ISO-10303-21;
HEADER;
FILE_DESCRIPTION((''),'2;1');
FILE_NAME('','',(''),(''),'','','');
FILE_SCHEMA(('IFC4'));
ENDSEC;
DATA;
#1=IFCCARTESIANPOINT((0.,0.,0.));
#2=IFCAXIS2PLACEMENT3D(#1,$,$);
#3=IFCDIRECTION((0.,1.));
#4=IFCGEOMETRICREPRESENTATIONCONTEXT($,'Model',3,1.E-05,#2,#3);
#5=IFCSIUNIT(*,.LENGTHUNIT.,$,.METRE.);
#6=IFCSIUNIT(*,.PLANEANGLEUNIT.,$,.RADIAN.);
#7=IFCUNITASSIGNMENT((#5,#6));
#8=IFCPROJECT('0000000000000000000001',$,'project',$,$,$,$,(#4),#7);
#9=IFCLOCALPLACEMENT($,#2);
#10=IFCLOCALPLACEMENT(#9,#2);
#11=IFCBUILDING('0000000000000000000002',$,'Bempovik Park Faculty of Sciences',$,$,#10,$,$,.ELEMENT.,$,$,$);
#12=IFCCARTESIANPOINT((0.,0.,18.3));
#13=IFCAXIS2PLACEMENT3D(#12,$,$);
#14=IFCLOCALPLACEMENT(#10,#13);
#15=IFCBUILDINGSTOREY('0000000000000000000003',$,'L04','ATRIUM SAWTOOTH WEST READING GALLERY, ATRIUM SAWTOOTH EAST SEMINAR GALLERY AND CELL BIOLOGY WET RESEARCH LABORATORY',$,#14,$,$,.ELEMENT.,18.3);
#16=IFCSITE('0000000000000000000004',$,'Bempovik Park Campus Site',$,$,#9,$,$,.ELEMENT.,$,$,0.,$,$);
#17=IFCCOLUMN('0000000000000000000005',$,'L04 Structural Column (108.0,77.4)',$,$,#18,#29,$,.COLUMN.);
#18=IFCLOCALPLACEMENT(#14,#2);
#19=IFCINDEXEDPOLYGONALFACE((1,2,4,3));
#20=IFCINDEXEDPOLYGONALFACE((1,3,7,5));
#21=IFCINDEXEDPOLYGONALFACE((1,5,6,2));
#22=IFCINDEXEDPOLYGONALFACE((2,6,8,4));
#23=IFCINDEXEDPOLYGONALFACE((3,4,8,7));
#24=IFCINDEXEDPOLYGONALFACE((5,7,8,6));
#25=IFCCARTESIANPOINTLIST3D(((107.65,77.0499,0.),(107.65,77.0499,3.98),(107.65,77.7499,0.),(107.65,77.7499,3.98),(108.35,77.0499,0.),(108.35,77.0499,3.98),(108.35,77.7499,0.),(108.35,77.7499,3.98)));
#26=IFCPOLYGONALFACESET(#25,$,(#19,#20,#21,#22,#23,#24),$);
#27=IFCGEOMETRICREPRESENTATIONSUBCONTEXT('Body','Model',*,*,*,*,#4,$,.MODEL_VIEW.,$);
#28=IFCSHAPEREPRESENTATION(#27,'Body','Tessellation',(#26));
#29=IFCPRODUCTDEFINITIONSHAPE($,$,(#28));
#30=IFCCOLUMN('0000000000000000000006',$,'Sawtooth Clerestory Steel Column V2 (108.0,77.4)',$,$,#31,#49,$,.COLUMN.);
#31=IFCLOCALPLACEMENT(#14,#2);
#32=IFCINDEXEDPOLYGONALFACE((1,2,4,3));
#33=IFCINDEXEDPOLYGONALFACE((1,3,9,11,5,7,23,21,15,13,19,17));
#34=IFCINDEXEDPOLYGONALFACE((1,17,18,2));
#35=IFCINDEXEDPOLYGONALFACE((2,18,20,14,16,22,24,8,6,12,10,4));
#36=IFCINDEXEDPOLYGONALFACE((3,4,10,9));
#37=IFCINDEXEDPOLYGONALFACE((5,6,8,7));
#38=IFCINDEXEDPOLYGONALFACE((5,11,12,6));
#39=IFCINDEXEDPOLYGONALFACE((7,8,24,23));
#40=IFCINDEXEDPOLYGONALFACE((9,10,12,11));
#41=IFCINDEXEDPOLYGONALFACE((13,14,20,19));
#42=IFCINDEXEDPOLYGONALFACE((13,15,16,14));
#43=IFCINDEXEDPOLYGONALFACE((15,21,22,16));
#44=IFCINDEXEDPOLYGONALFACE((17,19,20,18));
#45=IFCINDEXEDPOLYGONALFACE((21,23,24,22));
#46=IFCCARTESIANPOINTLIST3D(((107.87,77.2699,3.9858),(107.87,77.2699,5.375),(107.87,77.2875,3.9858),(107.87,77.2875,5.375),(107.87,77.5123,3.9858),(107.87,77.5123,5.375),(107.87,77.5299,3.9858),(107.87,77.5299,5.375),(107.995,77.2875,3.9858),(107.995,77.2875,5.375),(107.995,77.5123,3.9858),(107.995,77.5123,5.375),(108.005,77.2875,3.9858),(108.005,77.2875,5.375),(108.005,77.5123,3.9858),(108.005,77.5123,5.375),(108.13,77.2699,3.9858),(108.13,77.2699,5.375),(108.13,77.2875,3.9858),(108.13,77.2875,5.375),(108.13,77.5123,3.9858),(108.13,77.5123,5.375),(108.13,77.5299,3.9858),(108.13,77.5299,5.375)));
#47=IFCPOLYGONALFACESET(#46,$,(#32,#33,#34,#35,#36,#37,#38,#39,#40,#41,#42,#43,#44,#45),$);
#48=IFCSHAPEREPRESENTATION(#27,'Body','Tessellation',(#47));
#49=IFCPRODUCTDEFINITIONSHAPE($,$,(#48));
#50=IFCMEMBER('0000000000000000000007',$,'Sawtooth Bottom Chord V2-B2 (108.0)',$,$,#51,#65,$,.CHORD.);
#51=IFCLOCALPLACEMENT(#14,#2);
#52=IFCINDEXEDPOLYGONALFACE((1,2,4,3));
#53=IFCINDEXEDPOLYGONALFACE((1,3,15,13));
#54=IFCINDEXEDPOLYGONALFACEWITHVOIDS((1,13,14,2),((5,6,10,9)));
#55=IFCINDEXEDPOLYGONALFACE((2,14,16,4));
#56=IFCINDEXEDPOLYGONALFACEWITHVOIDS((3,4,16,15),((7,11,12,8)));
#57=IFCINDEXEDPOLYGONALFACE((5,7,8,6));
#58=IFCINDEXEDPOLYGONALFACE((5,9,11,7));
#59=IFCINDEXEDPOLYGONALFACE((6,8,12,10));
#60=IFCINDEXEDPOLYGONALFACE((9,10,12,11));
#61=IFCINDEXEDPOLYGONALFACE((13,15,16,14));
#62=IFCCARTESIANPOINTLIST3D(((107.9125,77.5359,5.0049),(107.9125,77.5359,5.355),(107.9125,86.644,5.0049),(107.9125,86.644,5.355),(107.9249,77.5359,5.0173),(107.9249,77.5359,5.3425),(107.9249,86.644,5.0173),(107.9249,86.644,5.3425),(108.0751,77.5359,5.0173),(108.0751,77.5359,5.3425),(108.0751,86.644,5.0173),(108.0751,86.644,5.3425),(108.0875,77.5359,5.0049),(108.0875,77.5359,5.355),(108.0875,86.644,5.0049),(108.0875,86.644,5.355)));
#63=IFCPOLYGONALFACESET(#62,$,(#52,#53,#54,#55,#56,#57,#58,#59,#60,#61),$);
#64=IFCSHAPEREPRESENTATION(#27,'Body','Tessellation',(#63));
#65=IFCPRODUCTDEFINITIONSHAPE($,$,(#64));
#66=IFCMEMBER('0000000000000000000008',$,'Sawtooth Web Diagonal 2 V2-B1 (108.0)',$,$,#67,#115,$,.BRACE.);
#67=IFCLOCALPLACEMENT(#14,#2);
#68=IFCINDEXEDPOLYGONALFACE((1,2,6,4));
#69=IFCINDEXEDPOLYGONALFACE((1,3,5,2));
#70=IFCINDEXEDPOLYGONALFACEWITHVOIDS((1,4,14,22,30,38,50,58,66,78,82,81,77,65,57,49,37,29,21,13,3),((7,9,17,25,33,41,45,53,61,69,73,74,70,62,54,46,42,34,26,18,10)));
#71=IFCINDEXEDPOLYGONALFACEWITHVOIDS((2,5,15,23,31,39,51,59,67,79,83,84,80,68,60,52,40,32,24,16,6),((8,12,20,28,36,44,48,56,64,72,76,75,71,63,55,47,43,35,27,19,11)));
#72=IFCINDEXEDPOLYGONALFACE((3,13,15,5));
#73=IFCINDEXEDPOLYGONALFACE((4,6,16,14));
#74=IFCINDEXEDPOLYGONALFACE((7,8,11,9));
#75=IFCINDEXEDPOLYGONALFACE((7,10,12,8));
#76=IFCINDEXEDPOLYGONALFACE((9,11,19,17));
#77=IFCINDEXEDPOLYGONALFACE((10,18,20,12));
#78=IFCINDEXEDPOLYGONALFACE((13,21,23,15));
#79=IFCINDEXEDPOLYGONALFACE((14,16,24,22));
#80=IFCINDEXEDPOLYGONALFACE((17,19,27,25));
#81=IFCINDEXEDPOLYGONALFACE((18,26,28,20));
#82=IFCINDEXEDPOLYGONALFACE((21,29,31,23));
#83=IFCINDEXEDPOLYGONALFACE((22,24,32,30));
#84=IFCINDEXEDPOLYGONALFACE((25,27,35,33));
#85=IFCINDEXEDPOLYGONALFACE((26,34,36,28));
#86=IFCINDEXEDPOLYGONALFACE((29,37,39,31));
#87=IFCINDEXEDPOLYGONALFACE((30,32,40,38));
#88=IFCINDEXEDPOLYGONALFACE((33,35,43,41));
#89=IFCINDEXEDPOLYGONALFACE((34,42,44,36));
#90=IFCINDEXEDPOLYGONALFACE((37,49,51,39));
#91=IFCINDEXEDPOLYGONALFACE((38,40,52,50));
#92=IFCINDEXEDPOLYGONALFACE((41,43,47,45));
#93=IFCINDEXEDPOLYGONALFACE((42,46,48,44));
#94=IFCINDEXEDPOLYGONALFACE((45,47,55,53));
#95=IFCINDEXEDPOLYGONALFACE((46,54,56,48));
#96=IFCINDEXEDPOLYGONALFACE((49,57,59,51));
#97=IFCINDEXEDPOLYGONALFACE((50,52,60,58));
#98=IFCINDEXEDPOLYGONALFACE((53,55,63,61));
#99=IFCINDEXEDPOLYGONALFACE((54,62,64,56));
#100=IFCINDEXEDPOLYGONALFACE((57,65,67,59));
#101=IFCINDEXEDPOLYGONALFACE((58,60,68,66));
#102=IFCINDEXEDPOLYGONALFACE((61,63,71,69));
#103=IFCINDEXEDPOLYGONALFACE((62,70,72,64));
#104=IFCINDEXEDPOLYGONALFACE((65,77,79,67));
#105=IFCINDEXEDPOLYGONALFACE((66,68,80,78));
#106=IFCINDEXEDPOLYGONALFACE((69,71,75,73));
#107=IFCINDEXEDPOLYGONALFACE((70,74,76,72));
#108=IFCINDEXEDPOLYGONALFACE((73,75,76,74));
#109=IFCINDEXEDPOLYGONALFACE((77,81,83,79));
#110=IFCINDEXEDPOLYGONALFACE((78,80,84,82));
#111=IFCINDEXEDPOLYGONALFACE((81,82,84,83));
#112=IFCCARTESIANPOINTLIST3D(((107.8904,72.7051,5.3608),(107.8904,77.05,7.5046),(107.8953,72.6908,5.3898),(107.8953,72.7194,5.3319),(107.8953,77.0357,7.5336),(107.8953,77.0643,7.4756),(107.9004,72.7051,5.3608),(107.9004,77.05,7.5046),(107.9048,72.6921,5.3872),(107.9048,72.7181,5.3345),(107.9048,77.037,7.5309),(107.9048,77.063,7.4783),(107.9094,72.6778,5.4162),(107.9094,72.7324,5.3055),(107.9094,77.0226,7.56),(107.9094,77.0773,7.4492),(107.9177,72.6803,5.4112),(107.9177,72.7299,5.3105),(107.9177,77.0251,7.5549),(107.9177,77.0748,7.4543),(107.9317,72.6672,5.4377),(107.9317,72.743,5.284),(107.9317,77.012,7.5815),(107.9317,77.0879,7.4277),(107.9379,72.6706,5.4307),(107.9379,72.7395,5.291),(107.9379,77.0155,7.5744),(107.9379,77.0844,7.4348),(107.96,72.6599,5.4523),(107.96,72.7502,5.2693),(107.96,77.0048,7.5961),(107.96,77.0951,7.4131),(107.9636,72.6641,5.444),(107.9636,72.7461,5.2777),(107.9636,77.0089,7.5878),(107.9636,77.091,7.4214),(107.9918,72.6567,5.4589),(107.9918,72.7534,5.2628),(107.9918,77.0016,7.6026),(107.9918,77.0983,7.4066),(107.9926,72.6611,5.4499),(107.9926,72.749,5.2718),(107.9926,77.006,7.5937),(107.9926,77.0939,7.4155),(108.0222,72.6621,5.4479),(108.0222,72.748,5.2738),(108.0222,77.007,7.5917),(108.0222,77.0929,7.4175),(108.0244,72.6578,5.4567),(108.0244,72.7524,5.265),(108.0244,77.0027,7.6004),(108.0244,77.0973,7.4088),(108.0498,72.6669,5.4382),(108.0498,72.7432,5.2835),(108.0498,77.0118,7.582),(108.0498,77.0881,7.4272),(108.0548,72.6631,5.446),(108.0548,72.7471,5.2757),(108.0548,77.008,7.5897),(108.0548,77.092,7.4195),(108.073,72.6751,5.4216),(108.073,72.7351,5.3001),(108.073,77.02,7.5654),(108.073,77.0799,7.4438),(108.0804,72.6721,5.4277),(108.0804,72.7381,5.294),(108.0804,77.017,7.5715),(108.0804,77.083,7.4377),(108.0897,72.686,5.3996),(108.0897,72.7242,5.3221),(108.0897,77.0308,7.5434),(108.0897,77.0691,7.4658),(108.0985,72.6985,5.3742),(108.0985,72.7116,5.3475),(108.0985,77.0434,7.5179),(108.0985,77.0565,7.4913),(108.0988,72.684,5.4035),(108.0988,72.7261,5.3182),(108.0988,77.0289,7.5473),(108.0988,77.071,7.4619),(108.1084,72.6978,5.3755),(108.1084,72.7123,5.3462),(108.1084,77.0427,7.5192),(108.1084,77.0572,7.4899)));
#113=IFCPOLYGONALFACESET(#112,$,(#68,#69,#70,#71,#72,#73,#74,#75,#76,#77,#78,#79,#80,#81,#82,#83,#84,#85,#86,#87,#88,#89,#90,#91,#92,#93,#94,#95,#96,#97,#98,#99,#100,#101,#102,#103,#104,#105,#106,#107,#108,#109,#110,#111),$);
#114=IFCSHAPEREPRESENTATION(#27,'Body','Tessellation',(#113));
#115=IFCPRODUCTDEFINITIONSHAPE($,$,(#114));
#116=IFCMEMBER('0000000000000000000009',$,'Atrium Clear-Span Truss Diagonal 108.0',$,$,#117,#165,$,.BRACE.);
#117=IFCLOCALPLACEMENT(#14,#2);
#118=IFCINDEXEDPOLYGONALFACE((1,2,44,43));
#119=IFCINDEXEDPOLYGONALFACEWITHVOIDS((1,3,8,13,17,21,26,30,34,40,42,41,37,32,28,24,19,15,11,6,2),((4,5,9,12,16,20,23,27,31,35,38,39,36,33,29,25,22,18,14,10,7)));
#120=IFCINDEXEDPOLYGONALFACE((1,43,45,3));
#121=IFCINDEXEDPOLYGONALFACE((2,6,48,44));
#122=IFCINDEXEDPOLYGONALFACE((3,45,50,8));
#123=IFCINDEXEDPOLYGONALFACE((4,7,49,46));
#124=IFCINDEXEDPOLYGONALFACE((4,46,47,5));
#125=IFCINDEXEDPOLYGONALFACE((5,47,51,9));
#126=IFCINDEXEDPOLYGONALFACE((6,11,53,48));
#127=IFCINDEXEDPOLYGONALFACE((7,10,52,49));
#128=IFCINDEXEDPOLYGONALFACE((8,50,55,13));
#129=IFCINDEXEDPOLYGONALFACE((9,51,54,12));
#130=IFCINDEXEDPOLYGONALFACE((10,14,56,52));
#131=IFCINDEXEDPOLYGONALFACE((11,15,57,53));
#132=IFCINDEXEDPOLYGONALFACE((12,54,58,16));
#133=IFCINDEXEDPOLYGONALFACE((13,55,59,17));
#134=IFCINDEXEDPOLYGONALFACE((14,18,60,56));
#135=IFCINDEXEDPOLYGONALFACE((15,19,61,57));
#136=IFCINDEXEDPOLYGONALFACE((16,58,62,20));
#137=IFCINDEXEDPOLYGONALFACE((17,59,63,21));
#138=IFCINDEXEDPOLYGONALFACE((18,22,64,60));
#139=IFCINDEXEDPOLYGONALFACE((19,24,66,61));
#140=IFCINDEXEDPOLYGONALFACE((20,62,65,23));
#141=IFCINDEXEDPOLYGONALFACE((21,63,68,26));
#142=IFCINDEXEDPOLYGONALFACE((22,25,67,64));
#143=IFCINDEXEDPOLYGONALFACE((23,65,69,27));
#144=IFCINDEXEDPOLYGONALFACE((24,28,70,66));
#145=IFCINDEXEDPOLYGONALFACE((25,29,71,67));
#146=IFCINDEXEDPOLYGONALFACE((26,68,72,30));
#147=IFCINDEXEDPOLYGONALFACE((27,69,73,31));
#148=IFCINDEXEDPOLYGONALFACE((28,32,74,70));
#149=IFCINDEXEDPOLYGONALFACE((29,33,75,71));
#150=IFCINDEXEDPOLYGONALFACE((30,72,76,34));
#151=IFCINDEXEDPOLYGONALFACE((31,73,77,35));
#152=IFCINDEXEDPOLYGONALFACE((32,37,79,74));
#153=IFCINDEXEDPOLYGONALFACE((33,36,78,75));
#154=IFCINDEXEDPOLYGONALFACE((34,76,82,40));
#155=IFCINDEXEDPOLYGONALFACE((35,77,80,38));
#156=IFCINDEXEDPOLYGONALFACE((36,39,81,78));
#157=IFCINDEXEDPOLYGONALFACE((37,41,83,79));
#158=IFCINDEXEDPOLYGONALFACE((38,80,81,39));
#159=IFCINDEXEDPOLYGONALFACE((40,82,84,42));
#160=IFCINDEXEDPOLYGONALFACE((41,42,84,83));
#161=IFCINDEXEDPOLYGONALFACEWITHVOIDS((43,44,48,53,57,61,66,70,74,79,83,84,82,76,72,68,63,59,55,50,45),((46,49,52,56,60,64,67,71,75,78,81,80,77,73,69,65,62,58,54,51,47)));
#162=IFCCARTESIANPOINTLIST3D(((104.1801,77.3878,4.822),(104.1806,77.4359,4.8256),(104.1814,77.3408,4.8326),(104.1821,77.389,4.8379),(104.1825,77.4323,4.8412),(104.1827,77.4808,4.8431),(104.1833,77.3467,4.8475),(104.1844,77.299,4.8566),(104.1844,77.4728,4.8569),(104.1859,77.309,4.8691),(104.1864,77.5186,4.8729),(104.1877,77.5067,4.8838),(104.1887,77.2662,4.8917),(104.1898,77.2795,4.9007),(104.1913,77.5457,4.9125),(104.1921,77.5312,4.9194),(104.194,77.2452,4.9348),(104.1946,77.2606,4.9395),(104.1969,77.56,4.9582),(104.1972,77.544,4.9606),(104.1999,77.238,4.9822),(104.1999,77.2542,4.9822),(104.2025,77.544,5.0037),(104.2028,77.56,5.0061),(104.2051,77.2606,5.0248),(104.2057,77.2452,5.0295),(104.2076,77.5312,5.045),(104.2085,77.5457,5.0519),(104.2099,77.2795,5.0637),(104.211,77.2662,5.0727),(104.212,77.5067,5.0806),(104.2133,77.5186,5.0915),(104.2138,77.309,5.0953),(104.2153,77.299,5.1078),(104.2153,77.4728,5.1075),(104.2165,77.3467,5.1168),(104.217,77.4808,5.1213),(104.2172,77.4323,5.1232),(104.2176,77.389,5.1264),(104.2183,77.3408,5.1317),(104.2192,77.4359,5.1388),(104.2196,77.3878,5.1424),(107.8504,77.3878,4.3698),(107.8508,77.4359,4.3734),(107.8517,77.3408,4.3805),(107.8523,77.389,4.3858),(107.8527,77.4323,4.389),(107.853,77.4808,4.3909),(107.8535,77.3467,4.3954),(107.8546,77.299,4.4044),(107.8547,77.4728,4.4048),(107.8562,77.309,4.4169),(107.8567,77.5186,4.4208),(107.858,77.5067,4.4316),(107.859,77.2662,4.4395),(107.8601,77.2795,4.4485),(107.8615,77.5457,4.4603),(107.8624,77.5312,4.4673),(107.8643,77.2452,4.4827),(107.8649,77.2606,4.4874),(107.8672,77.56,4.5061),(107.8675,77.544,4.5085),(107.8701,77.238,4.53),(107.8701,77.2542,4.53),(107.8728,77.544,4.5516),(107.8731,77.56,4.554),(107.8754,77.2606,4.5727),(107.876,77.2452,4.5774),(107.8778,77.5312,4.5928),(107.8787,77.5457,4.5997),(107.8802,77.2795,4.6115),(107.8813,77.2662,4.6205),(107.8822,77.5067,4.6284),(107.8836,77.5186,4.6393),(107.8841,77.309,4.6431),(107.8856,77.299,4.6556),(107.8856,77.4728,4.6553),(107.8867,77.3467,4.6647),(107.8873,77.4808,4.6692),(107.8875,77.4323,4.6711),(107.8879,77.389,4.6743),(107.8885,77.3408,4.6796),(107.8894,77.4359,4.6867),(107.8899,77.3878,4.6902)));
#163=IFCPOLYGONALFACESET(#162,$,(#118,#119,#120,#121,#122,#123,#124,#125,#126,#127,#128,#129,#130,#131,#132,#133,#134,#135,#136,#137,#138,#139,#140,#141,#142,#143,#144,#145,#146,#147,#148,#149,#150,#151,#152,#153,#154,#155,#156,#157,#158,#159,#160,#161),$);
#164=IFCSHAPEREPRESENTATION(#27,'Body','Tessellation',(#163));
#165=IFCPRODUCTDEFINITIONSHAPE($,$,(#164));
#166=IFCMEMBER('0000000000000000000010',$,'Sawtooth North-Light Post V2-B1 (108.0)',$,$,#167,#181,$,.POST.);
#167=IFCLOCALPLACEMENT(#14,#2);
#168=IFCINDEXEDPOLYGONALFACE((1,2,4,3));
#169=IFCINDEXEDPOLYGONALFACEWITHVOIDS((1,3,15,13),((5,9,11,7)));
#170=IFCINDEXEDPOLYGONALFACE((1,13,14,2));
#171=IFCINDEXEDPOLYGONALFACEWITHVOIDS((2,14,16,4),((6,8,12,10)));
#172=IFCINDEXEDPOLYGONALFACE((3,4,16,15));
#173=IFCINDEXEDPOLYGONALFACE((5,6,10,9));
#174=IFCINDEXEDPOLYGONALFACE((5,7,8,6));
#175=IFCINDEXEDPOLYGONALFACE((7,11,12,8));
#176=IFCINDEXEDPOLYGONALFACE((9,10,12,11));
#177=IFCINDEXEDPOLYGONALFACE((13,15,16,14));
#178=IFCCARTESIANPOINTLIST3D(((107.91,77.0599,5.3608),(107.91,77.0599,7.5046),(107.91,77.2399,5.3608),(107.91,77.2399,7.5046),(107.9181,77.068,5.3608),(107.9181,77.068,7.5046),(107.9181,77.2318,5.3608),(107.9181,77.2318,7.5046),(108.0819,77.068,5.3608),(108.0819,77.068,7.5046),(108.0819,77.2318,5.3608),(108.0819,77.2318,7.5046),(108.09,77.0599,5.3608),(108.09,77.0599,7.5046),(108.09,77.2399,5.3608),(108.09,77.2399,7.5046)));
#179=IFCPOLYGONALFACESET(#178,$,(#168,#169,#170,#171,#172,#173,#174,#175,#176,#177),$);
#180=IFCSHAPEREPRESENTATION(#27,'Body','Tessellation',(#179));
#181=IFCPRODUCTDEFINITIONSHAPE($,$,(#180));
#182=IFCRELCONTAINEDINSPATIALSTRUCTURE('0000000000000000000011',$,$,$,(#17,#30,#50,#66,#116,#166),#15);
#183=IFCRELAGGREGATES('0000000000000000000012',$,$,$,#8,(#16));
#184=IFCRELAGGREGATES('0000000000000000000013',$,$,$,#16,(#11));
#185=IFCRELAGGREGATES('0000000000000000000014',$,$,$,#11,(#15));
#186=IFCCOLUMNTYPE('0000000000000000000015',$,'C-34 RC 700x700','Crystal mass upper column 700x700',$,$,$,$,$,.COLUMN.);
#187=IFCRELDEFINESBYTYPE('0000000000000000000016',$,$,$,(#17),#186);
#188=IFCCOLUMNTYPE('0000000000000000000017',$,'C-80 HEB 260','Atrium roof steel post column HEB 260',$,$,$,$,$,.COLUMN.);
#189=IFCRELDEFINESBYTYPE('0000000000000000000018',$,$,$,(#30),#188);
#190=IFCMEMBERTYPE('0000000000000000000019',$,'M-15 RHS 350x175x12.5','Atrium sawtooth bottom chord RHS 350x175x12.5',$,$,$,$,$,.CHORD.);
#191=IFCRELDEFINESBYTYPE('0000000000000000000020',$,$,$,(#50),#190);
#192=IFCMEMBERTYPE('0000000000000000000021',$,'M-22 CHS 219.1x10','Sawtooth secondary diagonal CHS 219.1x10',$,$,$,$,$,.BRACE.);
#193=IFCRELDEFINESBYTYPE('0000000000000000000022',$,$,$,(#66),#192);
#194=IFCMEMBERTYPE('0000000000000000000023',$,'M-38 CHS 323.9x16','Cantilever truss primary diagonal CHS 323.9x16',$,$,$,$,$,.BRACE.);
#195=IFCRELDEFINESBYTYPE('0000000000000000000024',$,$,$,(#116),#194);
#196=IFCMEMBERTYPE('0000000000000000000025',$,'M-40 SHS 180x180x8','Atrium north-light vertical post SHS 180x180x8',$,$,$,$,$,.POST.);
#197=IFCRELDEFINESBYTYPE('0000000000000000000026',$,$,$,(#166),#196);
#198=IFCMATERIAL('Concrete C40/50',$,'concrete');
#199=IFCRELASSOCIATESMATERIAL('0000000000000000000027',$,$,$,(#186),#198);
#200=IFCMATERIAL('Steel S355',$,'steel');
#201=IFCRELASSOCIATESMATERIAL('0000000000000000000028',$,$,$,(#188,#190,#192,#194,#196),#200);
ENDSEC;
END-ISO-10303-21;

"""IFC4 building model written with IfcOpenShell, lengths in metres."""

from ifc_helpers import new_model, si_unit, direction, frame, origin, origin_2d, place, context, subcontext, project, spatial, rectangle, hollow_rectangle, hollow_circle, i_section, extrude, material, material_profile, profile_set, type_object, element, save


model = new_model("IFC4")

# Units and contexts
model_context = context("Model", 3, precision=1e-05, world=origin(), true_north=direction((0.0, 1.0)))
body_context = subcontext(model_context, "Body", "Model", "MODEL_VIEW")
ifc_project = project(units=[si_unit("LENGTHUNIT", "METRE"), si_unit("PLANEANGLEUNIT", "RADIAN")], contexts=[model_context])

# Site, building, storey
site_placement = place(None, origin())
site = spatial("IfcSite", under=ifc_project, at=site_placement, Name="Bempovik Park Campus Site", CompositionType="ELEMENT", RefElevation=0.0)
building_placement = place(site_placement, origin())
building = spatial("IfcBuilding", under=site, at=building_placement, Name="Bempovik Park Faculty of Sciences", CompositionType="ELEMENT")
storey_placement = place(building_placement, frame((0.0, 0.0, 18.3)))
storey = spatial("IfcBuildingStorey", under=building, at=storey_placement, Name="L04", Description="ATRIUM SAWTOOTH WEST READING GALLERY, ATRIUM SAWTOOTH EAST SEMINAR GALLERY AND CELL BIOLOGY WET RESEARCH LABORATORY", CompositionType="ELEMENT", Elevation=18.3)

# Columns
ifc_material_1 = material(Name="Concrete C40/50", Category="concrete")
ifc_material_profile_1 = material_profile(ifc_material_1, rectangle(XDim=0.7, YDim=0.7, at=origin_2d()), Name="RC 700x700")
ifc_profile_set_1 = profile_set([ifc_material_profile_1], Name="Concrete C40/50")
column_type_1 = type_object("IfcColumnType", Name="C-34 RC 700x700", Description="Crystal mass upper column 700x700", PredefinedType="COLUMN", material=ifc_profile_set_1)
column_1_placement = place(storey_placement, frame((108.0, 77.3999, 0.0), z_axis=(0.0, 0.0, 1.0), x_axis=(1.0, 0.0, 0.0)))
element("IfcColumn", 1, at=column_1_placement, inside=storey, type_object=column_type_1, Name="L04 Structural Column (108.0,77.4)", PredefinedType="COLUMN", context=body_context, shape_type="SweptSolid", body=[
    extrude(rectangle(XDim=0.7, YDim=0.7, at=origin_2d()), origin(), (0.0, 0.0, 1.0), 3.98),
])
ifc_material_2 = material(Name="Steel S355", Category="steel")
ifc_material_profile_2 = material_profile(ifc_material_2, i_section(OverallWidth=0.26, OverallDepth=0.26, WebThickness=0.01, FlangeThickness=0.0176, at=origin_2d()), Name="HEB 260")
ifc_profile_set_2 = profile_set([ifc_material_profile_2], Name="Steel S355")
column_type_2 = type_object("IfcColumnType", Name="C-80 HEB 260", Description="Atrium roof steel post column HEB 260", PredefinedType="COLUMN", material=ifc_profile_set_2)
column_2_placement = place(storey_placement, frame((108.0, 77.3999, 3.9858), z_axis=(0.0, 0.0, 1.0), x_axis=(1.0, 0.0, 0.0)))
element("IfcColumn", 2, at=column_2_placement, inside=storey, type_object=column_type_2, Name="Sawtooth Clerestory Steel Column V2 (108.0,77.4)", PredefinedType="COLUMN", context=body_context, shape_type="SweptSolid", body=[
    extrude(i_section(OverallWidth=0.26, OverallDepth=0.26, WebThickness=0.01, FlangeThickness=0.0176, at=origin_2d()), origin(), (0.0, 0.0, 1.0), 1.3892),
])

# Members
ifc_material_profile_3 = material_profile(ifc_material_2, hollow_rectangle(XDim=0.175, YDim=0.3501, WallThickness=0.0125, at=origin_2d()), Name="RHS 350x175x12.5")
ifc_profile_set_3 = profile_set([ifc_material_profile_3], Name="Steel S355")
member_type_1 = type_object("IfcMemberType", Name="M-15 RHS 350x175x12.5", Description="Atrium sawtooth bottom chord RHS 350x175x12.5", PredefinedType="CHORD", material=ifc_profile_set_3)
member_1_placement = place(storey_placement, frame((108.0, 77.5359, 5.1799), z_axis=(0.0, 1.0, 0.0), x_axis=(-1.0, 0.0, 0.0)))
element("IfcMember", 3, at=member_1_placement, inside=storey, type_object=member_type_1, Name="Sawtooth Bottom Chord V2-B2 (108.0)", PredefinedType="CHORD", context=body_context, shape_type="SweptSolid", body=[
    extrude(hollow_rectangle(XDim=0.175, YDim=0.3501, WallThickness=0.0125, at=origin_2d()), origin(), (0.0, 0.0, 1.0), 9.1082),
])
ifc_material_profile_4 = material_profile(ifc_material_2, hollow_circle(Radius=0.1096, WallThickness=0.01, at=origin_2d()), Name="CHS 219.1x10")
ifc_profile_set_4 = profile_set([ifc_material_profile_4], Name="Steel S355")
member_type_2 = type_object("IfcMemberType", Name="M-22 CHS 219.1x10", Description="Sawtooth secondary diagonal CHS 219.1x10", PredefinedType="BRACE", material=ifc_profile_set_4)
member_2_placement = place(storey_placement, frame((108.0, 72.7051, 5.3608), z_axis=(0.0, 0.896783, 0.442471), x_axis=(-1.0, 0.0, 0.0)))
element("IfcMember", 4, at=member_2_placement, inside=storey, type_object=member_type_2, Name="Sawtooth Web Diagonal 2 V2-B1 (108.0)", PredefinedType="BRACE", context=body_context, shape_type="SweptSolid", body=[
    extrude(hollow_circle(Radius=0.1096, WallThickness=0.01, at=origin_2d()), origin(), (0.0, 0.0, 1.0), 4.845),
])
ifc_material_profile_5 = material_profile(ifc_material_2, hollow_circle(Radius=0.1619, WallThickness=0.0161, at=origin_2d()), Name="CHS 323.9x16")
ifc_profile_set_5 = profile_set([ifc_material_profile_5], Name="Steel S355")
member_type_3 = type_object("IfcMemberType", Name="M-38 CHS 323.9x16", Description="Cantilever truss primary diagonal CHS 323.9x16", PredefinedType="BRACE", material=ifc_profile_set_5)
member_3_placement = place(storey_placement, frame((107.8701, 77.3999, 4.53), z_axis=(-0.992497, 0.0, 0.122271), x_axis=(0.0, -1.0, 0.0)))
element("IfcMember", 5, at=member_3_placement, inside=storey, type_object=member_type_3, Name="Atrium Clear-Span Truss Diagonal 108.0", PredefinedType="BRACE", context=body_context, shape_type="SweptSolid", body=[
    extrude(hollow_circle(Radius=0.1619, WallThickness=0.0161, at=origin_2d()), origin(), (0.0, 0.0, 1.0), 3.698),
])
ifc_material_profile_6 = material_profile(ifc_material_2, hollow_rectangle(XDim=0.1799, YDim=0.1799, WallThickness=0.0081, at=origin_2d()), Name="SHS 180x180x8")
ifc_profile_set_6 = profile_set([ifc_material_profile_6], Name="Steel S355")
member_type_4 = type_object("IfcMemberType", Name="M-40 SHS 180x180x8", Description="Atrium north-light vertical post SHS 180x180x8", PredefinedType="POST", material=ifc_profile_set_6)
member_4_placement = place(storey_placement, frame((108.0, 77.1499, 5.3608), z_axis=(0.0, 0.0, 1.0), x_axis=(1.0, 0.0, 0.0)))
element("IfcMember", 6, at=member_4_placement, inside=storey, type_object=member_type_4, Name="Sawtooth North-Light Post V2-B1 (108.0)", PredefinedType="POST", context=body_context, shape_type="SweptSolid", body=[
    extrude(hollow_rectangle(XDim=0.1799, YDim=0.1799, WallThickness=0.0081, at=origin_2d()), origin(), (0.0, 0.0, 1.0), 2.1438),
])

save(model, "model.ifc")
